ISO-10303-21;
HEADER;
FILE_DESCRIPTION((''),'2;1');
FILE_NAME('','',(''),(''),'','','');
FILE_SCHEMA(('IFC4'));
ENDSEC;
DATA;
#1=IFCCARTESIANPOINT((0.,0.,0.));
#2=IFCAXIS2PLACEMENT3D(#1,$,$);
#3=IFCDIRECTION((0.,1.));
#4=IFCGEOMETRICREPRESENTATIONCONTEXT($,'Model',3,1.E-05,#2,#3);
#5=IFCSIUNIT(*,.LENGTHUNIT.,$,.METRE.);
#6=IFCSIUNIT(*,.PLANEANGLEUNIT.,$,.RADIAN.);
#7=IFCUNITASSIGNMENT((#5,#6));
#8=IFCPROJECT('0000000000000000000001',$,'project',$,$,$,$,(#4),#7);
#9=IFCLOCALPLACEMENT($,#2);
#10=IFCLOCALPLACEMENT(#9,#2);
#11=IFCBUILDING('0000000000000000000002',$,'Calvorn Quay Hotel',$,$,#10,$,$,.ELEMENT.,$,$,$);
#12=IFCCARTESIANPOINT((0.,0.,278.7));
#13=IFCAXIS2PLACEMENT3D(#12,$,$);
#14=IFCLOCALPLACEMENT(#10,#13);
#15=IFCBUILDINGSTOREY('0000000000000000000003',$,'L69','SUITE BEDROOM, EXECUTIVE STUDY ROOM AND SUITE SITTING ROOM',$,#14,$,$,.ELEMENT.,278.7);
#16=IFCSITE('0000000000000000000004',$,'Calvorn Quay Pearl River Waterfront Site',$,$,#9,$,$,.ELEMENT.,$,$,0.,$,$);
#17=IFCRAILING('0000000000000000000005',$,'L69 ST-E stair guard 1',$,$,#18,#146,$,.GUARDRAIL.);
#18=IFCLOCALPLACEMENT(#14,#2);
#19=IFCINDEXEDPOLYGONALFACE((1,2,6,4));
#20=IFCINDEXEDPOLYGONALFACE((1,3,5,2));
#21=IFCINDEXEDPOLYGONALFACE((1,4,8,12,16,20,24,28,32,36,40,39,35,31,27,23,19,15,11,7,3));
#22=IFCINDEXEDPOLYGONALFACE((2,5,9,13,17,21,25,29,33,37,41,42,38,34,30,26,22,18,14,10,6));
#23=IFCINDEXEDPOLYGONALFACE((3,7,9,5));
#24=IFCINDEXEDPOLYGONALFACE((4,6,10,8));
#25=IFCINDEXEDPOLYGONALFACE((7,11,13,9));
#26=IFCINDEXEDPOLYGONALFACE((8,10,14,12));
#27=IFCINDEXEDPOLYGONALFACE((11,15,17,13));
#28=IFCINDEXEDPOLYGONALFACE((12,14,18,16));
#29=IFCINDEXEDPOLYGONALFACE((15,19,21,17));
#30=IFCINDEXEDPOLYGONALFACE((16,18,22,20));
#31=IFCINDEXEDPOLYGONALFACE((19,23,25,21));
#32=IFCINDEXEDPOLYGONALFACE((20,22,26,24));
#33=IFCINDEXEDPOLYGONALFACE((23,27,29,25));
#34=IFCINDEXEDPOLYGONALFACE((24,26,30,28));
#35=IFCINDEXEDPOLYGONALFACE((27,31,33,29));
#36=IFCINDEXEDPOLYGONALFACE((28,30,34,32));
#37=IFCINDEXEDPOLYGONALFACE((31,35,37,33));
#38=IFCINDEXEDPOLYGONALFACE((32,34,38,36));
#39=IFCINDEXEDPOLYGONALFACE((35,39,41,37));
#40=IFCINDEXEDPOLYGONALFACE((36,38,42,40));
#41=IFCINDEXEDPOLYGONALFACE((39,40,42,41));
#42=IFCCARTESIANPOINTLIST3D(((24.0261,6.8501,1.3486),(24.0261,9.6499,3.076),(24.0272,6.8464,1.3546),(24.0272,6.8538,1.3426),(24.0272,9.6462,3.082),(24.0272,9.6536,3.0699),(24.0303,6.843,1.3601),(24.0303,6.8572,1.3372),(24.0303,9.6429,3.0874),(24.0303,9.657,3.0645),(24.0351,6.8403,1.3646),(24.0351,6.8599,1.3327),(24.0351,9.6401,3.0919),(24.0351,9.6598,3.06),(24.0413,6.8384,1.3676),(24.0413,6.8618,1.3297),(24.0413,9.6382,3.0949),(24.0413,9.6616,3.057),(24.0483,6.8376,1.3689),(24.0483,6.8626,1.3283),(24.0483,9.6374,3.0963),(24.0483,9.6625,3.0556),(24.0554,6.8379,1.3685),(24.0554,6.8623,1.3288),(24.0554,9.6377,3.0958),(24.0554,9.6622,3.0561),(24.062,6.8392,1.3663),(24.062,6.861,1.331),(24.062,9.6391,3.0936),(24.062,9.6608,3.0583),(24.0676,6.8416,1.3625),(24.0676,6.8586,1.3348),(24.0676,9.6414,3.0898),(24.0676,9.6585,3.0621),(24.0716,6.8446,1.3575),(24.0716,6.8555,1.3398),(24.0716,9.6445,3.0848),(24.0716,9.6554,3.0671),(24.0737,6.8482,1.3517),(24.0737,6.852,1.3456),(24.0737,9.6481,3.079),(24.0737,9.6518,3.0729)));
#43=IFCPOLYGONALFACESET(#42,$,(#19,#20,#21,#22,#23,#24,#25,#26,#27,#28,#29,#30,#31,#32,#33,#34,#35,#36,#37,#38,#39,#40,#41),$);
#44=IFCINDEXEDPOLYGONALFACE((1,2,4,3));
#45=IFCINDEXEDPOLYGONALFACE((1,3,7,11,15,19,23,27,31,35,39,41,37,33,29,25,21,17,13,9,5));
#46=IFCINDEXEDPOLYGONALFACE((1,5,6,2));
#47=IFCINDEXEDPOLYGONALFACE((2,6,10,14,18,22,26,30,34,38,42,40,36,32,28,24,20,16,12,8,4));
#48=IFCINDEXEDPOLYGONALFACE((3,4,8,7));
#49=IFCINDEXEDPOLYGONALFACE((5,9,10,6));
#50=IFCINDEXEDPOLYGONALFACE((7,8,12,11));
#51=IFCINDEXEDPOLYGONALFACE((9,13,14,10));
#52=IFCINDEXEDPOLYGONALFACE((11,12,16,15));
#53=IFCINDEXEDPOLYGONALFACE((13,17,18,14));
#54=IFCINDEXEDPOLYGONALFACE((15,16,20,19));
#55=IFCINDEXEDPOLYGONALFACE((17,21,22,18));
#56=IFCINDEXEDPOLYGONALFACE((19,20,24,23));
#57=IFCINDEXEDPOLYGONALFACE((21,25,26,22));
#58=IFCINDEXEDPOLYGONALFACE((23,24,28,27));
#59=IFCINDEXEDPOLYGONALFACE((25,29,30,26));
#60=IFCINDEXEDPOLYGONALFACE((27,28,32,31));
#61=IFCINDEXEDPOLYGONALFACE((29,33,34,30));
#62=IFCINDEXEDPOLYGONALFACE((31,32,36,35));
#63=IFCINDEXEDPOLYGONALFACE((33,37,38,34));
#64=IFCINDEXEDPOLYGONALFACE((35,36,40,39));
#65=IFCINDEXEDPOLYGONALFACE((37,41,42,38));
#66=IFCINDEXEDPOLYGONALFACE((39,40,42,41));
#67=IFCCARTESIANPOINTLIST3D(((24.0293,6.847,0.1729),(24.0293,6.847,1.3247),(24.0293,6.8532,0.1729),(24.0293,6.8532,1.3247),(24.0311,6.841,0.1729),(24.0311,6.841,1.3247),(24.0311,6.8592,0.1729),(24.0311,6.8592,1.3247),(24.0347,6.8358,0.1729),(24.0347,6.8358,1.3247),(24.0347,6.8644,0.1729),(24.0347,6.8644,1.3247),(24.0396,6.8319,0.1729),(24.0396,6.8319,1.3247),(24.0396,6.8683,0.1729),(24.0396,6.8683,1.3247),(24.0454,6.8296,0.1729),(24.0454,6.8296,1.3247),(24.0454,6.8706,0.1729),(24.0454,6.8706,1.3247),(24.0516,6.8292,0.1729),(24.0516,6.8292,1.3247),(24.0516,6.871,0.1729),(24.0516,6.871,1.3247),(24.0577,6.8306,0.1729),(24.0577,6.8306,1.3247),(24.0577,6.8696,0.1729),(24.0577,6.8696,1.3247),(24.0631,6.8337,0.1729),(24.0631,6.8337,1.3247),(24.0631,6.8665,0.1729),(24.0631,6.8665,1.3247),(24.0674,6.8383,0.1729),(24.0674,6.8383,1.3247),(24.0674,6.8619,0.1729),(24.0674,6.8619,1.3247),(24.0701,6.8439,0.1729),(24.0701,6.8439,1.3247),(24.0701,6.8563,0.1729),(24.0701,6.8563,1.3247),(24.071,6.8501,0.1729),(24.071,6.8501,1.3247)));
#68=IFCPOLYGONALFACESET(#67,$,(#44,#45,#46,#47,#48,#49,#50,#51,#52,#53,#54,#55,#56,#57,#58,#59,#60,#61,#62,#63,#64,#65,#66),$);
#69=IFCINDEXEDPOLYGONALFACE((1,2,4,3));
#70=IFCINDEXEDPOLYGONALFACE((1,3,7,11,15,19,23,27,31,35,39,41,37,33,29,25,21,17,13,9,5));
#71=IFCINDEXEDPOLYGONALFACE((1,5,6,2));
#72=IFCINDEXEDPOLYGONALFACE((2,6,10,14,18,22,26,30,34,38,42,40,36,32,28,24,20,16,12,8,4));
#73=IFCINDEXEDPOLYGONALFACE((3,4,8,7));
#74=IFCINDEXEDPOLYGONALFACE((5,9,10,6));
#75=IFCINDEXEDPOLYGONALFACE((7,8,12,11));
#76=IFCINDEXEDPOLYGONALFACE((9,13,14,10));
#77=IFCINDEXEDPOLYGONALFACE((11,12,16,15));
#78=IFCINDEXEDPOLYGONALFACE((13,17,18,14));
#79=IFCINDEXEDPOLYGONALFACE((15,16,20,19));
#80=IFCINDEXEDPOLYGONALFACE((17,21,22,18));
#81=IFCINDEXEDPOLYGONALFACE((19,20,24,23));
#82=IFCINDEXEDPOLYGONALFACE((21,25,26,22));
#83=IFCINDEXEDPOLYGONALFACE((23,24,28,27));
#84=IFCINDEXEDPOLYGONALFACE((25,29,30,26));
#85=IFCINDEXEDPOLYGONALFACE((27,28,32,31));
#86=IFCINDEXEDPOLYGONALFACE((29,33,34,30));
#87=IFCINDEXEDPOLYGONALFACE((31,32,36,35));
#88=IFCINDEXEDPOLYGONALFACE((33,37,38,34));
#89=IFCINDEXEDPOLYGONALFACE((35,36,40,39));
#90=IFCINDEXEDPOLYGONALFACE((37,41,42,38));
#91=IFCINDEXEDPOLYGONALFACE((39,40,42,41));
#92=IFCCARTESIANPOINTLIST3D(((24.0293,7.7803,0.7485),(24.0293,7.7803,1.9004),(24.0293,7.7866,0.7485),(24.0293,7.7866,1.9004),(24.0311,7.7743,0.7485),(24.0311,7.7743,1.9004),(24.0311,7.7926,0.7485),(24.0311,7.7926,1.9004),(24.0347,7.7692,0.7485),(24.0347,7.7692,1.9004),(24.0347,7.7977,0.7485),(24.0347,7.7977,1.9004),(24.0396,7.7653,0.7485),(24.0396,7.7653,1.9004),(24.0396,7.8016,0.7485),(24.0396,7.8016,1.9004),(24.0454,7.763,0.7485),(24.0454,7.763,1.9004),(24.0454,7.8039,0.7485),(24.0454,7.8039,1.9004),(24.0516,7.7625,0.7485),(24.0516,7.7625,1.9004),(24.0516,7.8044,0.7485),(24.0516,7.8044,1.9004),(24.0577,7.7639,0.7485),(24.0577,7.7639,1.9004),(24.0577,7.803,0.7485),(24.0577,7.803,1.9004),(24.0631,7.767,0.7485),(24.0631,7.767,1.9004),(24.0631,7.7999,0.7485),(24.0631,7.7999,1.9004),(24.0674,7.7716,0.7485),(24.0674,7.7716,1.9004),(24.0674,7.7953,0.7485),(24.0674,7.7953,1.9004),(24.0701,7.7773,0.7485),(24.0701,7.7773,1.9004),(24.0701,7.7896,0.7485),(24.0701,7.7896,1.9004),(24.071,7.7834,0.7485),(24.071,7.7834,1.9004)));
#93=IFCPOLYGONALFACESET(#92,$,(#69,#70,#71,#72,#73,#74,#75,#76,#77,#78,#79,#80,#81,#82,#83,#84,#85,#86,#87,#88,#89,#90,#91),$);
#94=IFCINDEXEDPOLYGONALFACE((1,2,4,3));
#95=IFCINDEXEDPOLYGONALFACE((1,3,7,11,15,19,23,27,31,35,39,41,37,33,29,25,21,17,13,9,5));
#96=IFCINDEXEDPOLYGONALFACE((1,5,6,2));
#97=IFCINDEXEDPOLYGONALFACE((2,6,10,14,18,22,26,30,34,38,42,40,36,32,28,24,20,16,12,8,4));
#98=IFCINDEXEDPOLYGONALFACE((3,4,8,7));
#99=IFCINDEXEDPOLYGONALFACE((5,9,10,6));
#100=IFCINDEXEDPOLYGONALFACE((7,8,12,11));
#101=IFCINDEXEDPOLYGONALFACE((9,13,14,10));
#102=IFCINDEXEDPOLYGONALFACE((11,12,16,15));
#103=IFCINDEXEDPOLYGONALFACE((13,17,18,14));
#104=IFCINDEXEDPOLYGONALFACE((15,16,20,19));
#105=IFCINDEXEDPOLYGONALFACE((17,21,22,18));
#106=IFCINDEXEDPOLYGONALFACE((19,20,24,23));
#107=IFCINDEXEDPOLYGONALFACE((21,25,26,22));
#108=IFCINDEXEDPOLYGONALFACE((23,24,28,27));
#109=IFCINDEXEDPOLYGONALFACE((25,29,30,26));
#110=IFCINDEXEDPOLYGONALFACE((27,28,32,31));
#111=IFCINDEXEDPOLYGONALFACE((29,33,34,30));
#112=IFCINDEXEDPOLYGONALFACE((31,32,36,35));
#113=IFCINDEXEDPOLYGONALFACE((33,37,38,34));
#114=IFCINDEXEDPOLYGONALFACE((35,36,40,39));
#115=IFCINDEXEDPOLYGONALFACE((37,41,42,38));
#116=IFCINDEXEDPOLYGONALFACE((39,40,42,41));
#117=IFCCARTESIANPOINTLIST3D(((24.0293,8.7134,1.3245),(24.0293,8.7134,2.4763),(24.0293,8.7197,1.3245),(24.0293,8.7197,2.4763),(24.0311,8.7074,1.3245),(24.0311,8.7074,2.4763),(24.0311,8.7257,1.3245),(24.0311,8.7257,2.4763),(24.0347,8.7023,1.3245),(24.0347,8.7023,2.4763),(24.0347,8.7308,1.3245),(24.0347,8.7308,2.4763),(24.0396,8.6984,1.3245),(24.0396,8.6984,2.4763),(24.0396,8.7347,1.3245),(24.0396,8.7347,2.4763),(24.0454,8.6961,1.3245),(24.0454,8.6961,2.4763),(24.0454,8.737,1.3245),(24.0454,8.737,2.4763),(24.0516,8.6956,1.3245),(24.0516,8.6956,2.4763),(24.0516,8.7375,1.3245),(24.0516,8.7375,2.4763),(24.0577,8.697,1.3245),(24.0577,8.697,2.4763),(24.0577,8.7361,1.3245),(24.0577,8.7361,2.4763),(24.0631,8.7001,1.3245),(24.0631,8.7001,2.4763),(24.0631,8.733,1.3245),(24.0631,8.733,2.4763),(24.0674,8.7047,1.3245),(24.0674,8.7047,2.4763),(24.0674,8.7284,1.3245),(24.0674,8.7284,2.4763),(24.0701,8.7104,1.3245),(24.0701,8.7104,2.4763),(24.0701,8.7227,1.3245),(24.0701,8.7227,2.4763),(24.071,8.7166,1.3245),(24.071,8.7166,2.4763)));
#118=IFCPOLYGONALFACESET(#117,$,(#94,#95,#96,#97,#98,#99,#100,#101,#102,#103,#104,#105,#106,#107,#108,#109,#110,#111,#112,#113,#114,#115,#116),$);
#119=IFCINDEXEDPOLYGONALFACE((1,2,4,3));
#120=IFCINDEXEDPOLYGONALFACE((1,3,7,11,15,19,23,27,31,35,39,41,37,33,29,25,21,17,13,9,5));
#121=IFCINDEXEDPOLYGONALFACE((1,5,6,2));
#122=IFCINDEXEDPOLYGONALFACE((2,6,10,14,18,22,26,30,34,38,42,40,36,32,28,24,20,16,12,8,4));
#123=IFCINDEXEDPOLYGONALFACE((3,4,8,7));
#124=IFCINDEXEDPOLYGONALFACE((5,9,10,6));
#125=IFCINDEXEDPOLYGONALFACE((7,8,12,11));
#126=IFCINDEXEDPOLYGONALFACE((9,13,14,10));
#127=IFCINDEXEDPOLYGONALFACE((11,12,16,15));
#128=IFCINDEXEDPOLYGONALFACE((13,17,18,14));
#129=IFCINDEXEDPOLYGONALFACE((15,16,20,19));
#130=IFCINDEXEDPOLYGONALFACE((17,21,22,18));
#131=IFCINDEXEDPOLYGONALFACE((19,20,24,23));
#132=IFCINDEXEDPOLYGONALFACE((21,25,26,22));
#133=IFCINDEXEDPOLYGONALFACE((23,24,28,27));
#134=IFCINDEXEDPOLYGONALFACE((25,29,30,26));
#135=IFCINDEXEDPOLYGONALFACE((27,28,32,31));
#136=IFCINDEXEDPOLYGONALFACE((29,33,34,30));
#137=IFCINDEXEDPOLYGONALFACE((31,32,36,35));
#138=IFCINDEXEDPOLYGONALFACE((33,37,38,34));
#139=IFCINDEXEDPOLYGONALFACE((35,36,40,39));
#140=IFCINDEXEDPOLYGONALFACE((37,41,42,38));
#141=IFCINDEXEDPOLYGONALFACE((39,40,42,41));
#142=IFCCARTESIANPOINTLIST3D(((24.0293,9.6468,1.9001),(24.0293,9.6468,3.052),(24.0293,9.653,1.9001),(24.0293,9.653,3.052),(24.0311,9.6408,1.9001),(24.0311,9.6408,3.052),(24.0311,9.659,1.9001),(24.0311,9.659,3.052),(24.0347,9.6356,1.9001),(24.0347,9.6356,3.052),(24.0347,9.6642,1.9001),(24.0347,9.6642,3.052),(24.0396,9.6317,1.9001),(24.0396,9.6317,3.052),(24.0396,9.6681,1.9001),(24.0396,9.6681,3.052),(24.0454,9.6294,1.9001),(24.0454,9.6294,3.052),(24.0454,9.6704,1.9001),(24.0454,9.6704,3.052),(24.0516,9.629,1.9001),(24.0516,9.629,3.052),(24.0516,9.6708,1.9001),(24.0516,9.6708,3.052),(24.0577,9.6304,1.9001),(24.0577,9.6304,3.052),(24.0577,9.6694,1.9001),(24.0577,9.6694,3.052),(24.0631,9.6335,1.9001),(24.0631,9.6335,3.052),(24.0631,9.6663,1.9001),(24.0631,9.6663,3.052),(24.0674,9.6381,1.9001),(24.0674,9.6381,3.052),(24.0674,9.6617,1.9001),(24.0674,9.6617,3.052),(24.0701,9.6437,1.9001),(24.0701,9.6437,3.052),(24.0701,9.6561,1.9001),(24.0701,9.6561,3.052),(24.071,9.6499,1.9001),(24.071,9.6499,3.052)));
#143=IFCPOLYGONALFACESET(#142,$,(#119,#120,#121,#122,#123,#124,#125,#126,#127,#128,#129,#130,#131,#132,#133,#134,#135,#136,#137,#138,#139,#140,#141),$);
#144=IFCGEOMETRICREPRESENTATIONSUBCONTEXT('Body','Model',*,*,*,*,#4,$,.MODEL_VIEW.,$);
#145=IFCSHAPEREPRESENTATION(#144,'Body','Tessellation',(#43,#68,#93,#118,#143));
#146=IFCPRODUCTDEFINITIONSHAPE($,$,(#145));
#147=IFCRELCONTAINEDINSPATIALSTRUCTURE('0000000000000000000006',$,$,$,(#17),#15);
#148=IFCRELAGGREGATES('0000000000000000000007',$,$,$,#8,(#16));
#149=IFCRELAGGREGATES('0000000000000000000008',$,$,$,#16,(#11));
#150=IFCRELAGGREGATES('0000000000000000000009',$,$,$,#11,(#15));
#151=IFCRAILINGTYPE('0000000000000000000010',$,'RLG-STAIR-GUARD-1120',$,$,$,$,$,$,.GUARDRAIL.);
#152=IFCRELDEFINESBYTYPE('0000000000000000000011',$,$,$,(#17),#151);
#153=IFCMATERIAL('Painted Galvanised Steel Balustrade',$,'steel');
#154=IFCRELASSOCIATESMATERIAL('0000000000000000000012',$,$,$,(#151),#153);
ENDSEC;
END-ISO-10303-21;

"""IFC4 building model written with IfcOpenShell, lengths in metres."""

from ifc_helpers import new_model, si_unit, direction, frame, origin, origin_2d, place, context, subcontext, project, spatial, circle, extrude, material, type_object, element, save


model = new_model("IFC4")

# Units and contexts
model_context = context("Model", 3, precision=1e-05, world=origin(), true_north=direction((0.0, 1.0)))
body_context = subcontext(model_context, "Body", "Model", "MODEL_VIEW")
ifc_project = project(units=[si_unit("LENGTHUNIT", "METRE"), si_unit("PLANEANGLEUNIT", "RADIAN")], contexts=[model_context])

# Site, building, storey
site_placement = place(None, origin())
site = spatial("IfcSite", under=ifc_project, at=site_placement, Name="Calvorn Quay Pearl River Waterfront Site", CompositionType="ELEMENT", RefElevation=0.0)
building_placement = place(site_placement, origin())
building = spatial("IfcBuilding", under=site, at=building_placement, Name="Calvorn Quay Hotel", CompositionType="ELEMENT")
storey_placement = place(building_placement, frame((0.0, 0.0, 278.7)))
storey = spatial("IfcBuildingStorey", under=building, at=storey_placement, Name="L69", Description="SUITE BEDROOM, EXECUTIVE STUDY ROOM AND SUITE SITTING ROOM", CompositionType="ELEMENT", Elevation=278.7)

# Railing
ifc_material_1 = material(Name="Painted Galvanised Steel Balustrade", Category="steel")
railing_type_1 = type_object("IfcRailingType", Name="RLG-STAIR-GUARD-1120", PredefinedType="GUARDRAIL", material=ifc_material_1)
railing_1_placement = place(storey_placement, frame((24.05, 6.8501, 0.1729)))
element("IfcRailing", 1, at=railing_1_placement, inside=storey, type_object=railing_type_1, Name="L69 ST-E stair guard 1", PredefinedType="GUARDRAIL", context=body_context, shape_type="SweptSolid", body=[
    extrude(circle(Radius=0.0239, at=origin_2d()), frame((0.0, 0.0, 1.1758), z_axis=(0.0, 0.851069, 0.525054), x_axis=(-1.0, 0.0, 0.0)), (0.0, 0.0, 1.0), 3.2898),
    extrude(circle(Radius=0.021, at=origin_2d()), origin(), (0.0, 0.0, 1.0), 1.1519),
    extrude(circle(Radius=0.021, at=origin_2d()), frame((0.0, 0.9333, 0.5757)), (0.0, 0.0, 1.0), 1.1519),
    extrude(circle(Radius=0.021, at=origin_2d()), frame((0.0, 1.8665, 1.1516)), (0.0, 0.0, 1.0), 1.1519),
    extrude(circle(Radius=0.021, at=origin_2d()), frame((0.0, 2.7998, 1.7273)), (0.0, 0.0, 1.0), 1.1519),
])

save(model, "model.ifc")
